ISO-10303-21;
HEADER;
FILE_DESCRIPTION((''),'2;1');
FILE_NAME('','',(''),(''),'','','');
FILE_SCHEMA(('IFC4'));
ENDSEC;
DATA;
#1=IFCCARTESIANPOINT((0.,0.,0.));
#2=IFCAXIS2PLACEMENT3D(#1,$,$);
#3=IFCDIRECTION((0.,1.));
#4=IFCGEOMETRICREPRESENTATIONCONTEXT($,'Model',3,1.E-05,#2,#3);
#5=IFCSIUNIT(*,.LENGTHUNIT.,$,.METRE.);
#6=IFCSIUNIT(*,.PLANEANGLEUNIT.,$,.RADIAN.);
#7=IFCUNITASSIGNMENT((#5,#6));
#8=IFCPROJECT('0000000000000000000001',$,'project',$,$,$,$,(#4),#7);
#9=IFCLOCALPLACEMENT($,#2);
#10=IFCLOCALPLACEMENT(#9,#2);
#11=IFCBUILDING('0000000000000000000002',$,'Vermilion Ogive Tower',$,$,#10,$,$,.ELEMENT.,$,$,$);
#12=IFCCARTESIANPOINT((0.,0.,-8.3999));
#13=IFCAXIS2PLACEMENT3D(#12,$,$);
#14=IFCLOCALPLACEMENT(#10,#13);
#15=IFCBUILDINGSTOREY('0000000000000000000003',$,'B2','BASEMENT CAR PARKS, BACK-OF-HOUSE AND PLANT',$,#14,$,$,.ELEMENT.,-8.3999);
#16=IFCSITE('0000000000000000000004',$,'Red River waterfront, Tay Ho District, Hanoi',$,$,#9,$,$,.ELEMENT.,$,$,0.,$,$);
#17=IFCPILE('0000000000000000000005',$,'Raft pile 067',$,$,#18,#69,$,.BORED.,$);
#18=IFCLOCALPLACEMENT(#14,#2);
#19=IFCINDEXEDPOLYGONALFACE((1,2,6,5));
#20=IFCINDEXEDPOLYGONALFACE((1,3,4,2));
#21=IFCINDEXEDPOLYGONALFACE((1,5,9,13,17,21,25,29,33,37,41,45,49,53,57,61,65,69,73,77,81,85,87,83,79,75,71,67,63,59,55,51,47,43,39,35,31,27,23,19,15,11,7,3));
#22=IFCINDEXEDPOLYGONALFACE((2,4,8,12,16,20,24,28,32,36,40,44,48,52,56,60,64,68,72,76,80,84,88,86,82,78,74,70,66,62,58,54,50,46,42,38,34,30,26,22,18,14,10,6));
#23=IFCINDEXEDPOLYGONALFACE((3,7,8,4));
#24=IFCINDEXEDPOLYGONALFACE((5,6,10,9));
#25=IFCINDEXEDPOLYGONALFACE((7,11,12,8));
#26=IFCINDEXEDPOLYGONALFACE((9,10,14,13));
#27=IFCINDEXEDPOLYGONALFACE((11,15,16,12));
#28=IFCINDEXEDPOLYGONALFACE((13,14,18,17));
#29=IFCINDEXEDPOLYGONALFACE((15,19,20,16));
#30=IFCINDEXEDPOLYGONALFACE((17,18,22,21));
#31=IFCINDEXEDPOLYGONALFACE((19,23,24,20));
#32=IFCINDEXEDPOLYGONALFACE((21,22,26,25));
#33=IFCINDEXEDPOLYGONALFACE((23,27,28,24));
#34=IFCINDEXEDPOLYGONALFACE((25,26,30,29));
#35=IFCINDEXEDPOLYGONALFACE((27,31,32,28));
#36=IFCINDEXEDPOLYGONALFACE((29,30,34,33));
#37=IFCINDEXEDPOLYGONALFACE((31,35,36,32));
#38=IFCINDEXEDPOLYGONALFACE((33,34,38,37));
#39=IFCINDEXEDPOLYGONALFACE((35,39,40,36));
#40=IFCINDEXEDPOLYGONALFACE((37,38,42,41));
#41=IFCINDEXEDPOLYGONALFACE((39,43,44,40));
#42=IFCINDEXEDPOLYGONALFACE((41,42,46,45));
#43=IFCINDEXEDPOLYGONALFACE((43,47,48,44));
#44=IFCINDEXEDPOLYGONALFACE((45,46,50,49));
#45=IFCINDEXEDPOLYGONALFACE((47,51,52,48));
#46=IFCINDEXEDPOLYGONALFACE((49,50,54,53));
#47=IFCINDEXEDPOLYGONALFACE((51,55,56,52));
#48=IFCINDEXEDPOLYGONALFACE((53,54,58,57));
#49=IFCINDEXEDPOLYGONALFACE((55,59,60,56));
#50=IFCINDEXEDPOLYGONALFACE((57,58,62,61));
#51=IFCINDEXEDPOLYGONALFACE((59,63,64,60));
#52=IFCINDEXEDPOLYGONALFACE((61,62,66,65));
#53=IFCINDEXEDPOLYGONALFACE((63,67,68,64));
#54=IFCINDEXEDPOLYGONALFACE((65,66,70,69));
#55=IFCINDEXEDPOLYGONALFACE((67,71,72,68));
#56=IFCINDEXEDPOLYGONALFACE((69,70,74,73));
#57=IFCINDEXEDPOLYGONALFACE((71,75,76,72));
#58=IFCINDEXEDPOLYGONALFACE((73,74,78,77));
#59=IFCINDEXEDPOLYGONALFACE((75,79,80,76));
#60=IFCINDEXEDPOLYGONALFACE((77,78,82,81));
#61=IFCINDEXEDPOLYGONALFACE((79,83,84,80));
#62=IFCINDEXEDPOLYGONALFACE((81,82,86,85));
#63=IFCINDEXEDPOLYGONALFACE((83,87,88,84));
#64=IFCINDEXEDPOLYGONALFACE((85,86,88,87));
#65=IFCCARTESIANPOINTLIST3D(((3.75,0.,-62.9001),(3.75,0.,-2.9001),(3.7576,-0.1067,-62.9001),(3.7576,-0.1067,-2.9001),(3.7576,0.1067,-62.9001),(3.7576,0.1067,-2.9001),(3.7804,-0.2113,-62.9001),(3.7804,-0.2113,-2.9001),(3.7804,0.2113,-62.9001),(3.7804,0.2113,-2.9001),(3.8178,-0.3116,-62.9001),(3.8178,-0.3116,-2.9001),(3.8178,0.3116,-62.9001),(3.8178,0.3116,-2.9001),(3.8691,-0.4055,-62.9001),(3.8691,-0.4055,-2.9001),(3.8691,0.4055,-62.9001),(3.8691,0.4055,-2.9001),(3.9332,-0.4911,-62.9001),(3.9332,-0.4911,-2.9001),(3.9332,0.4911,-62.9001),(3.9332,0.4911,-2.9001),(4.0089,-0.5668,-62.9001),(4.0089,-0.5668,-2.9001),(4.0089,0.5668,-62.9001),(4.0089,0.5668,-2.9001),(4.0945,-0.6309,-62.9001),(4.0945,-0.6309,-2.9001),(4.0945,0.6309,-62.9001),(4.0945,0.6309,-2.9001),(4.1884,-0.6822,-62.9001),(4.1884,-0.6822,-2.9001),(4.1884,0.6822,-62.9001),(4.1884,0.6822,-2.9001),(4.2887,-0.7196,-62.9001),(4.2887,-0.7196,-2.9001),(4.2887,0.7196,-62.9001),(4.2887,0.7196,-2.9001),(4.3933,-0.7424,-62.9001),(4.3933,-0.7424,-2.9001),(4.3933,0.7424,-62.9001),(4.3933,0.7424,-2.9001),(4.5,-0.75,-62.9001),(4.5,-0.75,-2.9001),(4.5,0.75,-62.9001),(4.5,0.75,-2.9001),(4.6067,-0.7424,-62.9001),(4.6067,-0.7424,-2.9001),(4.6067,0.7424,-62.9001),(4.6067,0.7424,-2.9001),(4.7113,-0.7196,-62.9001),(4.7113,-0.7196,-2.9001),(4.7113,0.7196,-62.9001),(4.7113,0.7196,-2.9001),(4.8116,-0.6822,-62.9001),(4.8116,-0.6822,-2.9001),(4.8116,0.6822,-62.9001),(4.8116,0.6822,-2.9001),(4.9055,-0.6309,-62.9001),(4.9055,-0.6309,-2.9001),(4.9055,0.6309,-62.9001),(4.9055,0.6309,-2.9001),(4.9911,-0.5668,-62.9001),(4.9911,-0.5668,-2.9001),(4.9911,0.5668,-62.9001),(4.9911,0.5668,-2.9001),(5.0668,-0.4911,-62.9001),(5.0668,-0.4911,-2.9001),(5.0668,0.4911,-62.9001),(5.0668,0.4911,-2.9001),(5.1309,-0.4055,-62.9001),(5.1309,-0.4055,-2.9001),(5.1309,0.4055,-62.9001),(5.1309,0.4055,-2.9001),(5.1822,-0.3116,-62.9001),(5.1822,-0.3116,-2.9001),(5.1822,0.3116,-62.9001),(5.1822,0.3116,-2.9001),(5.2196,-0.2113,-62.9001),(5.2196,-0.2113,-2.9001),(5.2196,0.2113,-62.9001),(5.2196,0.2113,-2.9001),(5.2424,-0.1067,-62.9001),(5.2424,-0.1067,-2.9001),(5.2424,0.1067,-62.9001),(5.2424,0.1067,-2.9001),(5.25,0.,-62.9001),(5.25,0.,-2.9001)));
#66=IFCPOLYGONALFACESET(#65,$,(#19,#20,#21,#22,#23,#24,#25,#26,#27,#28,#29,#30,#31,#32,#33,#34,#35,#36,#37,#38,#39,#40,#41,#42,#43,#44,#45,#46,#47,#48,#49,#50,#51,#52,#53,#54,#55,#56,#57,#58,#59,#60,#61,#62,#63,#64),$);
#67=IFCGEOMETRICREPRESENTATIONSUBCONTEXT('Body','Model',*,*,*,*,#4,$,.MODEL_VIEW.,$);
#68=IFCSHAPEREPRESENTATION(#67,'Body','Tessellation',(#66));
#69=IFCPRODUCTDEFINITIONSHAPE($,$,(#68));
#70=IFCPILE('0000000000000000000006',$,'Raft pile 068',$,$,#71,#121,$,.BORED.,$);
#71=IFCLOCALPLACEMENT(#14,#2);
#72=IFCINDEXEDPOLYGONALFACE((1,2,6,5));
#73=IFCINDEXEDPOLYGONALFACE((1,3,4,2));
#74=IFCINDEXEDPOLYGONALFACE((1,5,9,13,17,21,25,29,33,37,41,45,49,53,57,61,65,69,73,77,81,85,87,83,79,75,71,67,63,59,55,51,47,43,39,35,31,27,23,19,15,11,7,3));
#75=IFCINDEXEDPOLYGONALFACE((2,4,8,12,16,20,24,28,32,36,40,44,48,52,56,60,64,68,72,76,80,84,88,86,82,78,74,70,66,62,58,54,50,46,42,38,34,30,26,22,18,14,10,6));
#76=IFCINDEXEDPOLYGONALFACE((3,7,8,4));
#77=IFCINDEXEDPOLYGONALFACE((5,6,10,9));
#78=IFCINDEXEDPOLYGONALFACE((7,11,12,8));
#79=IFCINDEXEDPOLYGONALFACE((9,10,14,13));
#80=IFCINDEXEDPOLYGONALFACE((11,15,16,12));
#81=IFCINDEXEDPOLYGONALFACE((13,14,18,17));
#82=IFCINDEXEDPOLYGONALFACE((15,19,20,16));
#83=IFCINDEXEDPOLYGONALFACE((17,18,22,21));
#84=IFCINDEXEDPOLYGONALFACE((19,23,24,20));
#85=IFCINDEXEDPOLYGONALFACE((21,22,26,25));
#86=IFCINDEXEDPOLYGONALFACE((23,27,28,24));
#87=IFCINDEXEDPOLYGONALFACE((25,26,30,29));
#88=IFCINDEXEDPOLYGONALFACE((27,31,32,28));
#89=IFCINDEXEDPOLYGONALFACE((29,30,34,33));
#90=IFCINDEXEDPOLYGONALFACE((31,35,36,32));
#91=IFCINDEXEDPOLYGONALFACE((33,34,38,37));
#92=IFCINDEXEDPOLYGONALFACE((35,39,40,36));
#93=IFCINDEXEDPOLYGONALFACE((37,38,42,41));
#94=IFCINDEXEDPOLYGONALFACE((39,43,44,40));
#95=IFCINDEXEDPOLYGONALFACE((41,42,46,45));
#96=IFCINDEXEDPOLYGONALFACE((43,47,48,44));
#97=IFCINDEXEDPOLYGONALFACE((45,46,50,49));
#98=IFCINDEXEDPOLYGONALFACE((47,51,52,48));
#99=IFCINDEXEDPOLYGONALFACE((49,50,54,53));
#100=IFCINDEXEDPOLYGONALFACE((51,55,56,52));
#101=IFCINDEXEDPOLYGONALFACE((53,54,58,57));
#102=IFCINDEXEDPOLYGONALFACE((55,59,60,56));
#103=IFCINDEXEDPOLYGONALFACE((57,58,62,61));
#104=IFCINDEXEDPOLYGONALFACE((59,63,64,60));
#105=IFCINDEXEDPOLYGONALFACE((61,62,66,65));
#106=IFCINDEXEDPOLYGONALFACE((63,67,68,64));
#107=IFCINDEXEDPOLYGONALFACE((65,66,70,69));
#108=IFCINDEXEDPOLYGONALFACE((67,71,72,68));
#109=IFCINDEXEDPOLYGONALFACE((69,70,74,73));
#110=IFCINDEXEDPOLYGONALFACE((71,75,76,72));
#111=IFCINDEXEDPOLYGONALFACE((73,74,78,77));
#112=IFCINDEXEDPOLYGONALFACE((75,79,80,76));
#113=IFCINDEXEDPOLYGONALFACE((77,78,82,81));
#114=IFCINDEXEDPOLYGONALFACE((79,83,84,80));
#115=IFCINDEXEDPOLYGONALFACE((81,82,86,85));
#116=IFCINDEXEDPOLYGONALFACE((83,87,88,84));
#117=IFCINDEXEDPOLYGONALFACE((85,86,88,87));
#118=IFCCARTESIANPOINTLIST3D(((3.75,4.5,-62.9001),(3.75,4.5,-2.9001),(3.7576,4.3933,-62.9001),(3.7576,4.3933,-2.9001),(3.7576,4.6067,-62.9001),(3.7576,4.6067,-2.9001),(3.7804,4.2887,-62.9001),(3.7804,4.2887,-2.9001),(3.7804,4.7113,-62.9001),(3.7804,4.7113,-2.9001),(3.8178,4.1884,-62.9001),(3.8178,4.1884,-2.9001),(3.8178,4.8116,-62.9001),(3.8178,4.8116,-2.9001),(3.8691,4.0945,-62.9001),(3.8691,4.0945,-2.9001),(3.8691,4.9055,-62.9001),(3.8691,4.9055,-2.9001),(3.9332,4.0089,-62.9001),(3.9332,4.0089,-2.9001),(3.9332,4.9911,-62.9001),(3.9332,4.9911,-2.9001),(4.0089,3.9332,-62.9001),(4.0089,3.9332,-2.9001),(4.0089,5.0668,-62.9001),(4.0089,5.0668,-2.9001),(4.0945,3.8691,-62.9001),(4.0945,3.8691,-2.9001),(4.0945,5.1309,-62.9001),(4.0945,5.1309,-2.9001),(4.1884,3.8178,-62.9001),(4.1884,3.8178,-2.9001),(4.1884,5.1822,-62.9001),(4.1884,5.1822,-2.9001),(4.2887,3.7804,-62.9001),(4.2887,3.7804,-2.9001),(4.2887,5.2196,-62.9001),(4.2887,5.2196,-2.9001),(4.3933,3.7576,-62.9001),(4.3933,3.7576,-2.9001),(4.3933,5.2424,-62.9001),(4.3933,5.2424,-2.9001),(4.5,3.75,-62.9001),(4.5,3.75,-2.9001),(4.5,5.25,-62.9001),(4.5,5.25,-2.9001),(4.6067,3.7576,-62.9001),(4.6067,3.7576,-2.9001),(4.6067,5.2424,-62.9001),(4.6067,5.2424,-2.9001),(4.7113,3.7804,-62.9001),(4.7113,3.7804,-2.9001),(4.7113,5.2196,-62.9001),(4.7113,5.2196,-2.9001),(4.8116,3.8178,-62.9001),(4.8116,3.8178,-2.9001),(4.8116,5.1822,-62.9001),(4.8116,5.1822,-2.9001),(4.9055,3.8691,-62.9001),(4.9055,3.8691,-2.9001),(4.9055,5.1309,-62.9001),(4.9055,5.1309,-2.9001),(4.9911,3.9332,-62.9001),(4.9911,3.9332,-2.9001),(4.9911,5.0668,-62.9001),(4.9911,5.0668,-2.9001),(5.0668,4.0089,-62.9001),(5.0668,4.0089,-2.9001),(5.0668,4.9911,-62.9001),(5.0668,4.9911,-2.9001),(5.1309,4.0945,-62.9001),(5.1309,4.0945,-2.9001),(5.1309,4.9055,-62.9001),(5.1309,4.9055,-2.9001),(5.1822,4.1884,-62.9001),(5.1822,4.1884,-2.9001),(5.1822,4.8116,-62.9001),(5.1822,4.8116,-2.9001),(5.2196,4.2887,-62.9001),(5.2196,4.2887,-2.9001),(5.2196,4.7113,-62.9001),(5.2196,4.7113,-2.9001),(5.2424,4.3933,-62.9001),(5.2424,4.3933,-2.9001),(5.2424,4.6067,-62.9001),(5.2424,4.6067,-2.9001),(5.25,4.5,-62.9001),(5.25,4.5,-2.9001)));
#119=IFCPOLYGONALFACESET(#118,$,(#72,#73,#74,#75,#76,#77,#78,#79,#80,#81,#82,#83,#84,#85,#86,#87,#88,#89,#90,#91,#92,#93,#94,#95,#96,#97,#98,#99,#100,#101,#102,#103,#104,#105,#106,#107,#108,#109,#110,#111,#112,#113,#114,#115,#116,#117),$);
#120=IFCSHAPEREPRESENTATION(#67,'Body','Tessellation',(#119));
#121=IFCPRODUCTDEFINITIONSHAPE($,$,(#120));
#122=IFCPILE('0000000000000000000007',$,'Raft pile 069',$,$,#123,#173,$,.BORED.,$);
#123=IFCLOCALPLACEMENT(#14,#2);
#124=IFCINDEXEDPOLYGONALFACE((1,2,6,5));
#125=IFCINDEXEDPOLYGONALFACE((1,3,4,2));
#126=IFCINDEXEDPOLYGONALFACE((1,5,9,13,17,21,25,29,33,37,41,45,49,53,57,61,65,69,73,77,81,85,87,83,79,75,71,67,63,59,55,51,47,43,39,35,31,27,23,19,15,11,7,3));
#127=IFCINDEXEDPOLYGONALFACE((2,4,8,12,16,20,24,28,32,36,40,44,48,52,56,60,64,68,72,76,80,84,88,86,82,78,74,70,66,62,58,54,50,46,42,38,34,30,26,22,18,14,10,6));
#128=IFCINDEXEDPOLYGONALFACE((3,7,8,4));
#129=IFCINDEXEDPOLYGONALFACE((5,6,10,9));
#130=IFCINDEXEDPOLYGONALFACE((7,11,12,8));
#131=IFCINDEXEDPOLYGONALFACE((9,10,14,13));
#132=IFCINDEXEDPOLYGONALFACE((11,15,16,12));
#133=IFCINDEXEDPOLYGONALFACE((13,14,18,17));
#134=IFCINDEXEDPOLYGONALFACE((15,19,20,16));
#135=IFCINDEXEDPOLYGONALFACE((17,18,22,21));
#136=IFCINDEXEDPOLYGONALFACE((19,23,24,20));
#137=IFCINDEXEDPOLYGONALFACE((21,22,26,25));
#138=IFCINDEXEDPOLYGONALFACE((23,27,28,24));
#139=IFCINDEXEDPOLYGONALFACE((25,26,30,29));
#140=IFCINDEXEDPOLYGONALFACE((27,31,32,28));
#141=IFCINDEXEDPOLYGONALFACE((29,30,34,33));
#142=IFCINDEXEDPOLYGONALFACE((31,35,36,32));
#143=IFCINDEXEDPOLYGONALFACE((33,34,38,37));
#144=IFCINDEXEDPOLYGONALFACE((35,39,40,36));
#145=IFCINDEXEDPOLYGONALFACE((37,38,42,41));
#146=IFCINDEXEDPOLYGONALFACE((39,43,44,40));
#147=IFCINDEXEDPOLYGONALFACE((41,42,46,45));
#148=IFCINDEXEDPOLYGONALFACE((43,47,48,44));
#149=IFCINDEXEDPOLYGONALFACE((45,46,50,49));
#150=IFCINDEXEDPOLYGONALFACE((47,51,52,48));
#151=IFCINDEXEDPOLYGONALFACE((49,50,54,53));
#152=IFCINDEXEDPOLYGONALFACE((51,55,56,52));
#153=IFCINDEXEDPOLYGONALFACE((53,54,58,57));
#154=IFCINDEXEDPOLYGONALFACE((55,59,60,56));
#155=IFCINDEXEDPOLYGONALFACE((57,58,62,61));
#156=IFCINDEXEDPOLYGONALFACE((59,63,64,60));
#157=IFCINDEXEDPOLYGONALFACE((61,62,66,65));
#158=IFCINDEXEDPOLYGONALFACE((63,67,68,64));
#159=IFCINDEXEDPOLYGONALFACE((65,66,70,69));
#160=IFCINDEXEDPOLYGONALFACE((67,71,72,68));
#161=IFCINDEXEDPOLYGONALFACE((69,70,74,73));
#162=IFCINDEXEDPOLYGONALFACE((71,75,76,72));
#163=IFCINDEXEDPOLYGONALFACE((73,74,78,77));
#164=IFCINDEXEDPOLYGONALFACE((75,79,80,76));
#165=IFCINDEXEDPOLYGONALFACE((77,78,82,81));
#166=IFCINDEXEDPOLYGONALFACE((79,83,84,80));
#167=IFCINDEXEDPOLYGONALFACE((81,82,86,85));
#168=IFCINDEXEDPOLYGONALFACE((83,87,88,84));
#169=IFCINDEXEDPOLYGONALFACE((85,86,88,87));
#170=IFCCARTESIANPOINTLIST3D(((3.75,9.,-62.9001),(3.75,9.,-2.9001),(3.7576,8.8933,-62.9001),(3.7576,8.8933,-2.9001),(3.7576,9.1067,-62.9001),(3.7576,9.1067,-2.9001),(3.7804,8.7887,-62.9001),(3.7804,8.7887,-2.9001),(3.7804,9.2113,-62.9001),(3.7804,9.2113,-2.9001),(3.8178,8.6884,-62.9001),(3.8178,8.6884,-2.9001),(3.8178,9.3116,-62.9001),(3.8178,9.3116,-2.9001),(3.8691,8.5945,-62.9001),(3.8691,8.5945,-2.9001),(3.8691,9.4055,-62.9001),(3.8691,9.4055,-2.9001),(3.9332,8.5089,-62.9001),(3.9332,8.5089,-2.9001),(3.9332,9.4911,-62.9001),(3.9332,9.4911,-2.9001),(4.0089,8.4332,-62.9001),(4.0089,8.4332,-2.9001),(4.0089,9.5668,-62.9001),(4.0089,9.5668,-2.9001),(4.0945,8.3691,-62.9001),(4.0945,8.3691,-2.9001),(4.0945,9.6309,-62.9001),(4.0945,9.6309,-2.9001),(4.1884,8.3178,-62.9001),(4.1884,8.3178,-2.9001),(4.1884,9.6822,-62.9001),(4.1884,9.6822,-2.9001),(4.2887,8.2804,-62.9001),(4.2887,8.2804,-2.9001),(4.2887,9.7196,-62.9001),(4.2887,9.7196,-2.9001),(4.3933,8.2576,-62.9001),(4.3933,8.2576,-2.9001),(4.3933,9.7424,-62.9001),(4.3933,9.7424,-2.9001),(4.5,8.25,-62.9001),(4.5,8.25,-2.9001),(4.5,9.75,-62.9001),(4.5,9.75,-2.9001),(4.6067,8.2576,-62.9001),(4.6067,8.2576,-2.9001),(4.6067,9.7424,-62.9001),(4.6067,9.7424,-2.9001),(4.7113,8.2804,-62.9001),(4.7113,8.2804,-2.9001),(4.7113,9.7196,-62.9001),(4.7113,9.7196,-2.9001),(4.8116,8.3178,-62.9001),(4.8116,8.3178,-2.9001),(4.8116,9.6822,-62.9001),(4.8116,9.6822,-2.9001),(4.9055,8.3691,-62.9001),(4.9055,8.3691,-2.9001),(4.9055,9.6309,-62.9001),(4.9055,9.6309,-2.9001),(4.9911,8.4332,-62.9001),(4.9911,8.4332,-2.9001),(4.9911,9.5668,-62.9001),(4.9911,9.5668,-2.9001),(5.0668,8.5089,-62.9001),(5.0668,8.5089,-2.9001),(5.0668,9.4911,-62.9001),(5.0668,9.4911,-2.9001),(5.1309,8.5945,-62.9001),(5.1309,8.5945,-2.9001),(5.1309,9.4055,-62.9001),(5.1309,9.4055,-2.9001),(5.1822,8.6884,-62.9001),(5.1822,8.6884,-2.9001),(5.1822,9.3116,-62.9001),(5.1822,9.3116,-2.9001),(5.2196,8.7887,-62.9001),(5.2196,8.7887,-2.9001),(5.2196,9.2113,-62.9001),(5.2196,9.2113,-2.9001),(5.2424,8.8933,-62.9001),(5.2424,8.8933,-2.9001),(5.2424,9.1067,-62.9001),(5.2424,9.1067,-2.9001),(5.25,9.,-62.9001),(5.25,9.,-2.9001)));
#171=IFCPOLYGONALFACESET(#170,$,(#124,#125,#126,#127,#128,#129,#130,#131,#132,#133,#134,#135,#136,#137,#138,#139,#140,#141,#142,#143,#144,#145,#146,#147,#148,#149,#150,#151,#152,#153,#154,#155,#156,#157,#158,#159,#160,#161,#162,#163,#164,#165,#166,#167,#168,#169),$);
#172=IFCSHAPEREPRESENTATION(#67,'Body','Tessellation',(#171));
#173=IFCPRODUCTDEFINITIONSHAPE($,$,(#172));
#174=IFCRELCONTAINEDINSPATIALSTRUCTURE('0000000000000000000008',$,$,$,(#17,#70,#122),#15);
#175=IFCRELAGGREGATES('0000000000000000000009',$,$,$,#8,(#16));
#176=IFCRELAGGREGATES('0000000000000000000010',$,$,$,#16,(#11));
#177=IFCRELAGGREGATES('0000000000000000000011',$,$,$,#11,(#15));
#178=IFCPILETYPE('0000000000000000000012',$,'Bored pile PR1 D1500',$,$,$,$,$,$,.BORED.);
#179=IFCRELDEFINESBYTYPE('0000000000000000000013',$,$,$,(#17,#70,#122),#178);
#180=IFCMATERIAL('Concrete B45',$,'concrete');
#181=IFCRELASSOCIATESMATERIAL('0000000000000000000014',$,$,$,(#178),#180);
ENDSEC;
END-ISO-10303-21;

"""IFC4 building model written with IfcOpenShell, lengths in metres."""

from ifc_helpers import new_model, si_unit, direction, frame, origin, origin_2d, place, context, subcontext, project, spatial, circle, extrude, material, type_object, element, save


model = new_model("IFC4")

# Units and contexts
model_context = context("Model", 3, precision=1e-05, world=origin(), true_north=direction((0.0, 1.0)))
body_context = subcontext(model_context, "Body", "Model", "MODEL_VIEW")
ifc_project = project(units=[si_unit("LENGTHUNIT", "METRE"), si_unit("PLANEANGLEUNIT", "RADIAN")], contexts=[model_context])

# Site, building, storey
site_placement = place(None, origin())
site = spatial("IfcSite", under=ifc_project, at=site_placement, Name="Red River waterfront, Tay Ho District, Hanoi", CompositionType="ELEMENT", RefElevation=0.0)
building_placement = place(site_placement, origin())
building = spatial("IfcBuilding", under=site, at=building_placement, Name="Vermilion Ogive Tower", CompositionType="ELEMENT")
storey_placement = place(building_placement, frame((0.0, 0.0, -8.3999)))
storey = spatial("IfcBuildingStorey", under=building, at=storey_placement, Name="B2", Description="BASEMENT CAR PARKS, BACK-OF-HOUSE AND PLANT", CompositionType="ELEMENT", Elevation=-8.3999)

# Piles
ifc_material_1 = material(Name="Concrete B45", Category="concrete")
pile_type = type_object("IfcPileType", Name="Bored pile PR1 D1500", PredefinedType="BORED", material=ifc_material_1)
for number, where, z_axis, x_axis, name in (
    (1, (4.5, 0.0, -2.9001), (0.0, 0.0, -1.0), (1.0, 0.0, 0.0), "Raft pile 067"),
    (2, (4.5, 4.5, -2.9001), (0.0, 0.0, -1.0), (1.0, 0.0, 0.0), "Raft pile 068"),
    (3, (4.5, 9.0, -2.9001), (0.0, 0.0, -1.0), (1.0, 0.0, 0.0), "Raft pile 069"),
):
    element("IfcPile", number, at=place(storey_placement, frame(where, z_axis=z_axis, x_axis=x_axis)), inside=storey, type_object=pile_type, Name=name, PredefinedType="BORED", context=body_context, shape_type="SweptSolid", body=[
        extrude(circle(Radius=0.75, at=origin_2d()), origin(), (0.0, 0.0, 1.0), 60.0),
    ])

save(model, "model.ifc")
